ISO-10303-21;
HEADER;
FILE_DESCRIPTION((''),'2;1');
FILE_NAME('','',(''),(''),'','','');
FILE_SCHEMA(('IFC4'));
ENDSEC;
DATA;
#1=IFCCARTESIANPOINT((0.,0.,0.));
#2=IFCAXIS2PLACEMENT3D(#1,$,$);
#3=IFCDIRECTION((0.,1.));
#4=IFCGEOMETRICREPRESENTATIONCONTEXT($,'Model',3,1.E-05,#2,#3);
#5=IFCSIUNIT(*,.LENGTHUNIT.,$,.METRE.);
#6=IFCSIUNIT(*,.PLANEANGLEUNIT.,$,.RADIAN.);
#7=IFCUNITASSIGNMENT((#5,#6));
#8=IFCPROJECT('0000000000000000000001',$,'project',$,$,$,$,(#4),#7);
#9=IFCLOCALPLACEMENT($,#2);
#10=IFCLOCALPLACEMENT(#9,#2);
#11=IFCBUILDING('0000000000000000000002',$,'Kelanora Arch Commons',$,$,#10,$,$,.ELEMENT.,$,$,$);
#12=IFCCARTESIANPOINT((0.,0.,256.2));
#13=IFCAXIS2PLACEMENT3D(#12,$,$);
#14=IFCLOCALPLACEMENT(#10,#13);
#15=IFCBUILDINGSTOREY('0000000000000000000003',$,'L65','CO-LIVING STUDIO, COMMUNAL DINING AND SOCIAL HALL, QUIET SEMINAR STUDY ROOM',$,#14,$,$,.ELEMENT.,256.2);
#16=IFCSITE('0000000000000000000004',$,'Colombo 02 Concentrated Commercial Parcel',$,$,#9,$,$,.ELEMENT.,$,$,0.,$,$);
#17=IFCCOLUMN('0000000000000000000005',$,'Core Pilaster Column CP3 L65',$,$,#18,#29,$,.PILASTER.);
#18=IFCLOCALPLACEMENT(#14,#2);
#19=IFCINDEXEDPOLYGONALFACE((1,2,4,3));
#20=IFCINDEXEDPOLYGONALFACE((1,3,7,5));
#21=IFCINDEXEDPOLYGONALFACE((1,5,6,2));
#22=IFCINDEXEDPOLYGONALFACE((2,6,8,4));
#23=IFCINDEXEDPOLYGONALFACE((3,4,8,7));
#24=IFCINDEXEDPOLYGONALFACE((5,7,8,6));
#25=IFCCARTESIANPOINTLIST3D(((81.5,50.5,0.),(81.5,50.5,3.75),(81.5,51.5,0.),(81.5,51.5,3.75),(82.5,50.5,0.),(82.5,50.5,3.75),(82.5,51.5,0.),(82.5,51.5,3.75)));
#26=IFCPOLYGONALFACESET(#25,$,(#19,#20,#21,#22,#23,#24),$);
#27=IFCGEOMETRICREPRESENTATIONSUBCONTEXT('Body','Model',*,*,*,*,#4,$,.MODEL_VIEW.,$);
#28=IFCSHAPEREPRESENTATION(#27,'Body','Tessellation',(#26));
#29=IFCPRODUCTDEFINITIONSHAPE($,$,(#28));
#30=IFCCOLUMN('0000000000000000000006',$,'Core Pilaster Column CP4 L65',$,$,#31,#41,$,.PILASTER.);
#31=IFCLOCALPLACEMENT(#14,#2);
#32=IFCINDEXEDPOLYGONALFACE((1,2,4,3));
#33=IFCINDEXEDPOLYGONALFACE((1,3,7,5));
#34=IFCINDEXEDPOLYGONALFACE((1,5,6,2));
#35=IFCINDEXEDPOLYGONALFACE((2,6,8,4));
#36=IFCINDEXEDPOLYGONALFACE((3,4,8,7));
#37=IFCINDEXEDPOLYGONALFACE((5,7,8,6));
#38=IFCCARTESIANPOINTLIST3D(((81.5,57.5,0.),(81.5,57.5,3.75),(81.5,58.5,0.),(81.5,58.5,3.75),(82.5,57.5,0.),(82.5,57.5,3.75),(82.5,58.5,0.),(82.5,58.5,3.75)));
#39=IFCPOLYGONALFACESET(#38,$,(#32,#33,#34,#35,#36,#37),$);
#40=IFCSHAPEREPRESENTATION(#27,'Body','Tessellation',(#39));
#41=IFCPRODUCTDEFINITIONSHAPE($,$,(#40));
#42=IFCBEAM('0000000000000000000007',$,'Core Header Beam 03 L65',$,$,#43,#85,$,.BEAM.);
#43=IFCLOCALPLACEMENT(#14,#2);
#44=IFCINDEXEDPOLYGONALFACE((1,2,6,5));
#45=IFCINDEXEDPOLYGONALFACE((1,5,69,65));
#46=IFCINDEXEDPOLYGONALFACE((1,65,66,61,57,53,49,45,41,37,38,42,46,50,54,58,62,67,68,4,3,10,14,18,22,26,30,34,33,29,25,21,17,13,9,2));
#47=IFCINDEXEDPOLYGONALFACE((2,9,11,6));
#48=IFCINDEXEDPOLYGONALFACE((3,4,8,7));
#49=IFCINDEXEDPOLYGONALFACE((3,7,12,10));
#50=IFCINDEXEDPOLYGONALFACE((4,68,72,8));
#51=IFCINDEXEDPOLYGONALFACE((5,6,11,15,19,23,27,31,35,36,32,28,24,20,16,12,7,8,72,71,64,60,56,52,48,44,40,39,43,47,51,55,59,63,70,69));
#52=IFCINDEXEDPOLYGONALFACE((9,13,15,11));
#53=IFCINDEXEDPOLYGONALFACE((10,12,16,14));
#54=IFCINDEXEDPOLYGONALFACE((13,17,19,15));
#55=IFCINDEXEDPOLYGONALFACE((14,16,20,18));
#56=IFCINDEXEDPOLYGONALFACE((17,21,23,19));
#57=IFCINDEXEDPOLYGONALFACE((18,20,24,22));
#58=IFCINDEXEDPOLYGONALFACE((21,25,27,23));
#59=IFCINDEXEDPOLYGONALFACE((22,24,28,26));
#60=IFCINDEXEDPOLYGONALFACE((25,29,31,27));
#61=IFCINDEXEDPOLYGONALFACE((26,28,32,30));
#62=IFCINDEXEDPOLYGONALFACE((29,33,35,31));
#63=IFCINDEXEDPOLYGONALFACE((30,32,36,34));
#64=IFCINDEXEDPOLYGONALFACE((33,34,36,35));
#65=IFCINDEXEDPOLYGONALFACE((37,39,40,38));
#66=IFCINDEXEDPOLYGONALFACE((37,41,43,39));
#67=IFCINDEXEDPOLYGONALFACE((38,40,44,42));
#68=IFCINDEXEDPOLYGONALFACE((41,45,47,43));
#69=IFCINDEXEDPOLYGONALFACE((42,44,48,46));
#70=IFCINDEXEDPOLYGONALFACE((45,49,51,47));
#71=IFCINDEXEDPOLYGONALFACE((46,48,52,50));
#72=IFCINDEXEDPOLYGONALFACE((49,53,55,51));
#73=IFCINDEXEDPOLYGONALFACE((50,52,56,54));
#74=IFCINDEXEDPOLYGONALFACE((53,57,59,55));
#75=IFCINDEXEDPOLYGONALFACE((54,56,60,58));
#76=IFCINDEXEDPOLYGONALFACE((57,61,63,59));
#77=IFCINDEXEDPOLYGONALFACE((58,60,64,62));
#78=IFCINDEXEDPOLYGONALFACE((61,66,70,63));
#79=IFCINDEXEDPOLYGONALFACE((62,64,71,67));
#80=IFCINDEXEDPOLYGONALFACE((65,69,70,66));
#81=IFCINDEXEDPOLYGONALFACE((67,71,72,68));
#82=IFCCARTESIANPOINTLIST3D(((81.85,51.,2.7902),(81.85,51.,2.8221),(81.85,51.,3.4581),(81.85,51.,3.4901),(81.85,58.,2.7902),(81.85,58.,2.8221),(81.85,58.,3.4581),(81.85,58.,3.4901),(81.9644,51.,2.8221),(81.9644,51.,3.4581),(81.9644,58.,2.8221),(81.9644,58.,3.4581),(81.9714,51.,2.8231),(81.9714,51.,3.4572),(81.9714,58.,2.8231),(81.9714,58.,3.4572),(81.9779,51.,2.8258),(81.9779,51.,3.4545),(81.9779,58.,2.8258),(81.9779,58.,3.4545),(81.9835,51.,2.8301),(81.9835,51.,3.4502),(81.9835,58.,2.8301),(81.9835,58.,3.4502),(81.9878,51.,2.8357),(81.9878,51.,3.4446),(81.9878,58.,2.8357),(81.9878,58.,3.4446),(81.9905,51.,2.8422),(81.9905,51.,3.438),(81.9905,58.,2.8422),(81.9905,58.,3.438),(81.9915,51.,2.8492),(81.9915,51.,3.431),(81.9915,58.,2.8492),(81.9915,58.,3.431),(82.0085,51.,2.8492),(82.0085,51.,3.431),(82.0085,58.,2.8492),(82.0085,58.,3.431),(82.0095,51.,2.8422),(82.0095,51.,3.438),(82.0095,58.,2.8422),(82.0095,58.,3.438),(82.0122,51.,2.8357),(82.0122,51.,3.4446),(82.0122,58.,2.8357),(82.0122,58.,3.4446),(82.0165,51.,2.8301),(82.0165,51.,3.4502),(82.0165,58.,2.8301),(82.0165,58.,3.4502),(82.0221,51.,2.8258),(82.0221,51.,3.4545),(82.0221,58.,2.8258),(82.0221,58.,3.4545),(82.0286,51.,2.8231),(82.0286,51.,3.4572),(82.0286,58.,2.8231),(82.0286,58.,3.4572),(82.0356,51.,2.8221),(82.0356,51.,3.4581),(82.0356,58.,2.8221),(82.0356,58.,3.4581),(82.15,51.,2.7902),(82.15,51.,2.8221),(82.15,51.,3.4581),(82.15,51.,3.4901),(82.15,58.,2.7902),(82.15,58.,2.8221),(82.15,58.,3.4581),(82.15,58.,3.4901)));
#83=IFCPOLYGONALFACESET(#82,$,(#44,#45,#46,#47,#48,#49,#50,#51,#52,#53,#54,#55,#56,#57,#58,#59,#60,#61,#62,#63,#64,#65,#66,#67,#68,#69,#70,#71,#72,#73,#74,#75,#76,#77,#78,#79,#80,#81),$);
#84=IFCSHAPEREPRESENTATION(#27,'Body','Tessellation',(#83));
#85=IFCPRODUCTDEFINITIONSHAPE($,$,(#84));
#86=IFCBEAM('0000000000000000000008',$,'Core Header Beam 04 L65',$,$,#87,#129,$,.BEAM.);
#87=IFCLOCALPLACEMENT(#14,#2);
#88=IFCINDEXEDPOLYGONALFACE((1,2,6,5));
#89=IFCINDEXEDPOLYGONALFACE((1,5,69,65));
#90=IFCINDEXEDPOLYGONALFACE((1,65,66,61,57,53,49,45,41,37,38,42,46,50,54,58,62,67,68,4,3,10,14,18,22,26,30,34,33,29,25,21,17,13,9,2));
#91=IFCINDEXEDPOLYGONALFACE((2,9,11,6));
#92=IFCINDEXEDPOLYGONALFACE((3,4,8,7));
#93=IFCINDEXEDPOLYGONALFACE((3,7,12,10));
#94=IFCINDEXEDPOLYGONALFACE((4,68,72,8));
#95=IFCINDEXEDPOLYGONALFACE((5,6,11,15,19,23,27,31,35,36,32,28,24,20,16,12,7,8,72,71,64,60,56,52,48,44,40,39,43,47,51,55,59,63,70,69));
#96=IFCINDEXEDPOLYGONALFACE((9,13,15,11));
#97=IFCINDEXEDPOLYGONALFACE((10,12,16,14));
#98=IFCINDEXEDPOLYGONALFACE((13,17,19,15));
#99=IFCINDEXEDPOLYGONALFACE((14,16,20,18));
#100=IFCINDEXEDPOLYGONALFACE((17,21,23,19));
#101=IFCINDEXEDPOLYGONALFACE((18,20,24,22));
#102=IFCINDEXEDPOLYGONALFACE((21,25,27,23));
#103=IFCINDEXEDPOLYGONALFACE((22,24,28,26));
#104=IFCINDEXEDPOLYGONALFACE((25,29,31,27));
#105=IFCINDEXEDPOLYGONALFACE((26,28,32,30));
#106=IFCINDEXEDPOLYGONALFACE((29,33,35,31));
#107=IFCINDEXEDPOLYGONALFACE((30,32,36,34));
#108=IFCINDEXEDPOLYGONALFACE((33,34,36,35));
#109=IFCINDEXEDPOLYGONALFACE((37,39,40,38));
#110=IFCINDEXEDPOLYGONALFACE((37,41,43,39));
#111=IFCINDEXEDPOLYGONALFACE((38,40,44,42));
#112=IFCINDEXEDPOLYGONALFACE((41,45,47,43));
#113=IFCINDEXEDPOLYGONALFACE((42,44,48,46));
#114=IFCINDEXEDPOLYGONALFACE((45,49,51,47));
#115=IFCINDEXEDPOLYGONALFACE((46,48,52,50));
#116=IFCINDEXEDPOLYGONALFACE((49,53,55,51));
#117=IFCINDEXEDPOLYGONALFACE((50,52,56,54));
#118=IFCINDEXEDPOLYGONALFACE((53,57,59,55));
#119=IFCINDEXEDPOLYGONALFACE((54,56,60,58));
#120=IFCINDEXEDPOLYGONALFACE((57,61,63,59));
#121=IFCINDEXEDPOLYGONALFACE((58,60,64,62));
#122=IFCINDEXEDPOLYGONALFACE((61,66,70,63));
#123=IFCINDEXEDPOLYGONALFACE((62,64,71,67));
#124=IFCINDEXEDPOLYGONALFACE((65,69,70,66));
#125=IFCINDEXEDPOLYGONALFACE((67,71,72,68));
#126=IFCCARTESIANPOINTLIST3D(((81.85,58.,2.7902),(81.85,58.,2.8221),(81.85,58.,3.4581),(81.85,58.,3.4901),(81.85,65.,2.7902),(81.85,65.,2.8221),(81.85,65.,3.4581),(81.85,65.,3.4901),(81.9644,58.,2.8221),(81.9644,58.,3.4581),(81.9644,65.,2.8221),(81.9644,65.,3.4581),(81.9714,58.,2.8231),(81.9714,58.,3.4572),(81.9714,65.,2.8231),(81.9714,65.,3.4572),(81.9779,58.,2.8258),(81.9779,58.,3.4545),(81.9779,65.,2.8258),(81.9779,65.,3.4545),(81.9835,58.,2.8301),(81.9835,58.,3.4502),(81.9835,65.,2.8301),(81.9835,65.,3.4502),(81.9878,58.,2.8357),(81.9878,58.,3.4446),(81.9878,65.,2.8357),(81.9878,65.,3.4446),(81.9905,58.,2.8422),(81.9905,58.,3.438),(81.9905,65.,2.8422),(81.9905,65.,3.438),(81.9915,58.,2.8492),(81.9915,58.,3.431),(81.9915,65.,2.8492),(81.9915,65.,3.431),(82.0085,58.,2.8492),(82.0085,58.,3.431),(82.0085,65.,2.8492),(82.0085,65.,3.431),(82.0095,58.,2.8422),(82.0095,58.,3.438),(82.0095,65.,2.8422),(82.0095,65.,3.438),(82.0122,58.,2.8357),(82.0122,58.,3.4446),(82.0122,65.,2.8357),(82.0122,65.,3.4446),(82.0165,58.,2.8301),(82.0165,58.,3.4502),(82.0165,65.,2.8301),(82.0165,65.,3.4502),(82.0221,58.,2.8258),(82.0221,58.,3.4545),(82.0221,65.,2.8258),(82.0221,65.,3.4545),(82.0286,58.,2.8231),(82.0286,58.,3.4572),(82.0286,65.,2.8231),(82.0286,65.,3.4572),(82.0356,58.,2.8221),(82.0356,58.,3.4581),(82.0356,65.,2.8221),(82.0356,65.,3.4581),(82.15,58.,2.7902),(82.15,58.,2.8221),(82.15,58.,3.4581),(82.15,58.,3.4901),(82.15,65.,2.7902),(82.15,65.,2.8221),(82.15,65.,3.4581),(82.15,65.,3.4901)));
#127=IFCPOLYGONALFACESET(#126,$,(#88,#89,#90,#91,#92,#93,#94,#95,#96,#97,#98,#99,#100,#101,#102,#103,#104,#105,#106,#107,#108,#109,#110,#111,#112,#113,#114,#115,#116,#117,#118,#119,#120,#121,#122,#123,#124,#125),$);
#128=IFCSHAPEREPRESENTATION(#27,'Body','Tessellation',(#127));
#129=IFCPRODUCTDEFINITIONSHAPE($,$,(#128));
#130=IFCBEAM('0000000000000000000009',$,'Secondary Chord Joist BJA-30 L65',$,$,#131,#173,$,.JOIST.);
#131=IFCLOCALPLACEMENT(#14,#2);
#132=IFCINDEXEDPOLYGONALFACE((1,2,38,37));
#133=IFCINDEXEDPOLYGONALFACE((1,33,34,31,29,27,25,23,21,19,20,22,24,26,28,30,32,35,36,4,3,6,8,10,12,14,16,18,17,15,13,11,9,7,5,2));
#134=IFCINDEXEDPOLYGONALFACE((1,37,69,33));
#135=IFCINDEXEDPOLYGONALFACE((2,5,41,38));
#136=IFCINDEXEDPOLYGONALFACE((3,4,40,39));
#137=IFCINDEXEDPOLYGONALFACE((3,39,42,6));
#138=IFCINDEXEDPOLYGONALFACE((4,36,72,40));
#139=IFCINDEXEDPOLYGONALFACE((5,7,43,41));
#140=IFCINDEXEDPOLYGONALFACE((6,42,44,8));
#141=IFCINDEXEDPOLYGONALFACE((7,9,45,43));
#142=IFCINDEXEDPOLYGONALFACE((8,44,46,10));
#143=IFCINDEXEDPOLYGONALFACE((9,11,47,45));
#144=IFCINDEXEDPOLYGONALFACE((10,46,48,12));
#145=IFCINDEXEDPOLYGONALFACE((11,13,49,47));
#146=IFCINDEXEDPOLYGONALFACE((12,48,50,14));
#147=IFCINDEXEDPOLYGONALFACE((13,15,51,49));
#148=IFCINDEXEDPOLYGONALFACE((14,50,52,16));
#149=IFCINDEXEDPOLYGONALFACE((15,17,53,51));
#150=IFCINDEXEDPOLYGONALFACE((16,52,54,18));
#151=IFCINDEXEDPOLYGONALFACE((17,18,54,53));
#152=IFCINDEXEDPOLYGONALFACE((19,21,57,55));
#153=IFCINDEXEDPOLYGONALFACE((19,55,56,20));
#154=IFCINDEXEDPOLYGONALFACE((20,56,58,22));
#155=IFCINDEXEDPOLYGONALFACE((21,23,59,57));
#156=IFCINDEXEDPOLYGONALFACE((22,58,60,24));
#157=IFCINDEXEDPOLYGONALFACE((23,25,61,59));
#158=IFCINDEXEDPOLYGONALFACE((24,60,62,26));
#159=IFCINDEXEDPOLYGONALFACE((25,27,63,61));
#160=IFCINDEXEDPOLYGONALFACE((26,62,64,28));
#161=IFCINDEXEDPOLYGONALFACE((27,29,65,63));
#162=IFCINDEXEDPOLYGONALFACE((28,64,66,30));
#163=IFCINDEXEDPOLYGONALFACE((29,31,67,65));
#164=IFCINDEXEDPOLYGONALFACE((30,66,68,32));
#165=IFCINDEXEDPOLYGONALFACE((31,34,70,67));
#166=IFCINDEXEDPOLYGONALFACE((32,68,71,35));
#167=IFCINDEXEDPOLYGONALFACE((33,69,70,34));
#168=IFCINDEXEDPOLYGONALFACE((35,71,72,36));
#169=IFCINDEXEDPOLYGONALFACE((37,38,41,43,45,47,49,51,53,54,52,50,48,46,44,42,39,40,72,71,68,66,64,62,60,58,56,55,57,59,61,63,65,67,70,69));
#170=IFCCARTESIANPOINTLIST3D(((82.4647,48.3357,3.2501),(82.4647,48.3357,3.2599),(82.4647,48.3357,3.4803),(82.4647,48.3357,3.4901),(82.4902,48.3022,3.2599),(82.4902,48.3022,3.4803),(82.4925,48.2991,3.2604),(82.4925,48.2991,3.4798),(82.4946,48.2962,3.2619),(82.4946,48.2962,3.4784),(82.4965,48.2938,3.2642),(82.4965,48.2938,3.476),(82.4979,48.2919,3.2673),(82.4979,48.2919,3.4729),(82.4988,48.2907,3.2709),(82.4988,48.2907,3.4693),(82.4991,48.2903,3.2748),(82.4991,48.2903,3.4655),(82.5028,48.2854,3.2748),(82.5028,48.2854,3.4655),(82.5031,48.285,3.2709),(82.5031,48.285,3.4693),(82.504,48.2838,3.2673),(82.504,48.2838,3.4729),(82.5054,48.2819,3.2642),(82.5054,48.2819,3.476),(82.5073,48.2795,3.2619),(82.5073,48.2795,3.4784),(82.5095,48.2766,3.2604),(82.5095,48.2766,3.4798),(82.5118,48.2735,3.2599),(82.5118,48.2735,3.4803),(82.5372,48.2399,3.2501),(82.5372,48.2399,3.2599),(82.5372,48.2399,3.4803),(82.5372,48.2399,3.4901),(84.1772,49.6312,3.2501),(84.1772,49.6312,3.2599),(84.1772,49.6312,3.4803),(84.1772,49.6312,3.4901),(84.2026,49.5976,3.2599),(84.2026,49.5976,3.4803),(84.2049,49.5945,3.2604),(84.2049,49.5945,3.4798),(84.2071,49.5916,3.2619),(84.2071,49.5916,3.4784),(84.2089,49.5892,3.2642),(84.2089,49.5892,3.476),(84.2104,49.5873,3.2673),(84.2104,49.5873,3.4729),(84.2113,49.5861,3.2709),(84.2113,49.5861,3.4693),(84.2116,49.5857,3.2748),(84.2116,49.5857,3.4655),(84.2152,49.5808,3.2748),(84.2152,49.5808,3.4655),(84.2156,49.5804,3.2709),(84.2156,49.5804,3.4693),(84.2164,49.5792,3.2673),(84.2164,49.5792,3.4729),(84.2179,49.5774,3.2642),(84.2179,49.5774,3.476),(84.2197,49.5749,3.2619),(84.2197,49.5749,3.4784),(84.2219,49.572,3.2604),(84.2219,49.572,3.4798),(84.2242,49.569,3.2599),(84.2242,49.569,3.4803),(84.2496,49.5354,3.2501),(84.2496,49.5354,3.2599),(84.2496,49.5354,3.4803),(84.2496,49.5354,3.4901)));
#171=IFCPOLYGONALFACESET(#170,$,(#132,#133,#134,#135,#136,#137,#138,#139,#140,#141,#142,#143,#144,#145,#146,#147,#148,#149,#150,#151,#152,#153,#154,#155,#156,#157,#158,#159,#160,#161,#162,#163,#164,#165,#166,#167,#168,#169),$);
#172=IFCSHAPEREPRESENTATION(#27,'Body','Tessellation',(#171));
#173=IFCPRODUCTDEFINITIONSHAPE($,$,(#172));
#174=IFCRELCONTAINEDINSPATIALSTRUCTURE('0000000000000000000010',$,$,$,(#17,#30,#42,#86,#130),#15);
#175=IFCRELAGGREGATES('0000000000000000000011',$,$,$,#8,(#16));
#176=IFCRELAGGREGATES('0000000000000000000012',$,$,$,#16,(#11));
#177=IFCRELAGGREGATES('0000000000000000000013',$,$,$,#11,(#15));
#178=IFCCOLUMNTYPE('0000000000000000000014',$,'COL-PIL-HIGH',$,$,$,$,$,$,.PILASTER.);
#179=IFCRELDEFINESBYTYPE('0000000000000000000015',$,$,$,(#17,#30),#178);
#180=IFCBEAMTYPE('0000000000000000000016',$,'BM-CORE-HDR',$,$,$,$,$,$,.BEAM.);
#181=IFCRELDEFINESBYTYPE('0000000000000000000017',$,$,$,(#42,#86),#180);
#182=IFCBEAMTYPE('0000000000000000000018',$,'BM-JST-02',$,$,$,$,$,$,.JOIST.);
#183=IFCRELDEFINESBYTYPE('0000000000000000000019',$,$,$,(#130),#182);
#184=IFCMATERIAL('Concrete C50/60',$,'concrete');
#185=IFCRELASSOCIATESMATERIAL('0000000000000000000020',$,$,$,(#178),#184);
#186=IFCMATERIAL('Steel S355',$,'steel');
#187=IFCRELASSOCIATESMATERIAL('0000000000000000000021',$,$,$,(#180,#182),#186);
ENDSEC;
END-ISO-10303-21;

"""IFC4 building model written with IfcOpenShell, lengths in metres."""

from ifc_helpers import new_model, si_unit, direction, frame, origin, origin_2d, place, context, subcontext, project, spatial, rectangle, i_section, extrude, material, material_profile, profile_set, type_object, element, save


model = new_model("IFC4")

# Units and contexts
model_context = context("Model", 3, precision=1e-05, world=origin(), true_north=direction((0.0, 1.0)))
body_context = subcontext(model_context, "Body", "Model", "MODEL_VIEW")
ifc_project = project(units=[si_unit("LENGTHUNIT", "METRE"), si_unit("PLANEANGLEUNIT", "RADIAN")], contexts=[model_context])

# Site, building, storey
site_placement = place(None, origin())
site = spatial("IfcSite", under=ifc_project, at=site_placement, Name="Colombo 02 Concentrated Commercial Parcel", CompositionType="ELEMENT", RefElevation=0.0)
building_placement = place(site_placement, origin())
building = spatial("IfcBuilding", under=site, at=building_placement, Name="Kelanora Arch Commons", CompositionType="ELEMENT")
storey_placement = place(building_placement, frame((0.0, 0.0, 256.2)))
storey = spatial("IfcBuildingStorey", under=building, at=storey_placement, Name="L65", Description="CO-LIVING STUDIO, COMMUNAL DINING AND SOCIAL HALL, QUIET SEMINAR STUDY ROOM", CompositionType="ELEMENT", Elevation=256.2)

# Columns
ifc_material_1 = material(Name="Concrete C50/60", Category="concrete")
ifc_material_profile_1 = material_profile(ifc_material_1, rectangle(XDim=1.0, YDim=1.0, at=origin_2d()), Name="RC1000x1000")
ifc_profile_set_1 = profile_set([ifc_material_profile_1], Name="Concrete C50/60")
column_type = type_object("IfcColumnType", Name="COL-PIL-HIGH", PredefinedType="PILASTER", material=ifc_profile_set_1)
for number, where, z_axis, x_axis, name in (
    (1, (82.0, 51.0, 0.0), (0.0, 0.0, 1.0), (1.0, 0.0, 0.0), "Core Pilaster Column CP3 L65"),
    (2, (82.0, 58.0, 0.0), (0.0, 0.0, 1.0), (1.0, 0.0, 0.0), "Core Pilaster Column CP4 L65"),
):
    element("IfcColumn", number, at=place(storey_placement, frame(where, z_axis=z_axis, x_axis=x_axis)), inside=storey, type_object=column_type, Name=name, PredefinedType="PILASTER", context=body_context, shape_type="SweptSolid", body=[
        extrude(rectangle(XDim=1.0, YDim=1.0, at=origin_2d()), origin(), (0.0, 0.0, 1.0), 3.75),
    ])

# Beams
ifc_material_2 = material(Name="Steel S355", Category="steel")
ifc_material_profile_2 = material_profile(ifc_material_2, i_section(OverallWidth=0.3, OverallDepth=0.7, WebThickness=0.0171, FlangeThickness=0.032, FilletRadius=0.0271, at=origin_2d()), Name="HEB700")
ifc_profile_set_2 = profile_set([ifc_material_profile_2], Name="Steel S355")
beam_type_1 = type_object("IfcBeamType", Name="BM-CORE-HDR", PredefinedType="BEAM", material=ifc_profile_set_2)
for number, where, z_axis, x_axis, name in (
    (3, (82.0, 51.0, 3.1401), (0.0, 1.0, 0.0), (-1.0, 0.0, 0.0), "Core Header Beam 03 L65"),
    (4, (82.0, 58.0, 3.1401), (0.0, 1.0, 0.0), (-1.0, 0.0, 0.0), "Core Header Beam 04 L65"),
):
    element("IfcBeam", number, at=place(storey_placement, frame(where, z_axis=z_axis, x_axis=x_axis)), inside=storey, type_object=beam_type_1, Name=name, PredefinedType="BEAM", context=body_context, shape_type="SweptSolid", body=[
        extrude(i_section(OverallWidth=0.3, OverallDepth=0.7, WebThickness=0.0171, FlangeThickness=0.032, FilletRadius=0.0271, at=origin_2d()), origin(), (0.0, 0.0, 1.0), 7.0),
    ])
ifc_material_profile_3 = material_profile(ifc_material_2, i_section(OverallWidth=0.1201, OverallDepth=0.24, WebThickness=0.0061, FlangeThickness=0.0098, FilletRadius=0.0149, at=origin_2d()), Name="IPE240")
ifc_profile_set_3 = profile_set([ifc_material_profile_3], Name="Steel S355")
beam_type_2 = type_object("IfcBeamType", Name="BM-JST-02", PredefinedType="JOIST", material=ifc_profile_set_3)
beam_1_placement = place(storey_placement, frame((82.501, 48.2878, 3.3701), z_axis=(0.79751, 0.603306, 0.0), x_axis=(-0.603306, 0.79751, 0.0)))
element("IfcBeam", 5, at=beam_1_placement, inside=storey, type_object=beam_type_2, Name="Secondary Chord Joist BJA-30 L65", PredefinedType="JOIST", context=body_context, shape_type="SweptSolid", body=[
    extrude(i_section(OverallWidth=0.1201, OverallDepth=0.24, WebThickness=0.0061, FlangeThickness=0.0098, FilletRadius=0.0149, at=origin_2d()), origin(), (0.0, 0.0, 1.0), 2.1472),
])

save(model, "model.ifc")
